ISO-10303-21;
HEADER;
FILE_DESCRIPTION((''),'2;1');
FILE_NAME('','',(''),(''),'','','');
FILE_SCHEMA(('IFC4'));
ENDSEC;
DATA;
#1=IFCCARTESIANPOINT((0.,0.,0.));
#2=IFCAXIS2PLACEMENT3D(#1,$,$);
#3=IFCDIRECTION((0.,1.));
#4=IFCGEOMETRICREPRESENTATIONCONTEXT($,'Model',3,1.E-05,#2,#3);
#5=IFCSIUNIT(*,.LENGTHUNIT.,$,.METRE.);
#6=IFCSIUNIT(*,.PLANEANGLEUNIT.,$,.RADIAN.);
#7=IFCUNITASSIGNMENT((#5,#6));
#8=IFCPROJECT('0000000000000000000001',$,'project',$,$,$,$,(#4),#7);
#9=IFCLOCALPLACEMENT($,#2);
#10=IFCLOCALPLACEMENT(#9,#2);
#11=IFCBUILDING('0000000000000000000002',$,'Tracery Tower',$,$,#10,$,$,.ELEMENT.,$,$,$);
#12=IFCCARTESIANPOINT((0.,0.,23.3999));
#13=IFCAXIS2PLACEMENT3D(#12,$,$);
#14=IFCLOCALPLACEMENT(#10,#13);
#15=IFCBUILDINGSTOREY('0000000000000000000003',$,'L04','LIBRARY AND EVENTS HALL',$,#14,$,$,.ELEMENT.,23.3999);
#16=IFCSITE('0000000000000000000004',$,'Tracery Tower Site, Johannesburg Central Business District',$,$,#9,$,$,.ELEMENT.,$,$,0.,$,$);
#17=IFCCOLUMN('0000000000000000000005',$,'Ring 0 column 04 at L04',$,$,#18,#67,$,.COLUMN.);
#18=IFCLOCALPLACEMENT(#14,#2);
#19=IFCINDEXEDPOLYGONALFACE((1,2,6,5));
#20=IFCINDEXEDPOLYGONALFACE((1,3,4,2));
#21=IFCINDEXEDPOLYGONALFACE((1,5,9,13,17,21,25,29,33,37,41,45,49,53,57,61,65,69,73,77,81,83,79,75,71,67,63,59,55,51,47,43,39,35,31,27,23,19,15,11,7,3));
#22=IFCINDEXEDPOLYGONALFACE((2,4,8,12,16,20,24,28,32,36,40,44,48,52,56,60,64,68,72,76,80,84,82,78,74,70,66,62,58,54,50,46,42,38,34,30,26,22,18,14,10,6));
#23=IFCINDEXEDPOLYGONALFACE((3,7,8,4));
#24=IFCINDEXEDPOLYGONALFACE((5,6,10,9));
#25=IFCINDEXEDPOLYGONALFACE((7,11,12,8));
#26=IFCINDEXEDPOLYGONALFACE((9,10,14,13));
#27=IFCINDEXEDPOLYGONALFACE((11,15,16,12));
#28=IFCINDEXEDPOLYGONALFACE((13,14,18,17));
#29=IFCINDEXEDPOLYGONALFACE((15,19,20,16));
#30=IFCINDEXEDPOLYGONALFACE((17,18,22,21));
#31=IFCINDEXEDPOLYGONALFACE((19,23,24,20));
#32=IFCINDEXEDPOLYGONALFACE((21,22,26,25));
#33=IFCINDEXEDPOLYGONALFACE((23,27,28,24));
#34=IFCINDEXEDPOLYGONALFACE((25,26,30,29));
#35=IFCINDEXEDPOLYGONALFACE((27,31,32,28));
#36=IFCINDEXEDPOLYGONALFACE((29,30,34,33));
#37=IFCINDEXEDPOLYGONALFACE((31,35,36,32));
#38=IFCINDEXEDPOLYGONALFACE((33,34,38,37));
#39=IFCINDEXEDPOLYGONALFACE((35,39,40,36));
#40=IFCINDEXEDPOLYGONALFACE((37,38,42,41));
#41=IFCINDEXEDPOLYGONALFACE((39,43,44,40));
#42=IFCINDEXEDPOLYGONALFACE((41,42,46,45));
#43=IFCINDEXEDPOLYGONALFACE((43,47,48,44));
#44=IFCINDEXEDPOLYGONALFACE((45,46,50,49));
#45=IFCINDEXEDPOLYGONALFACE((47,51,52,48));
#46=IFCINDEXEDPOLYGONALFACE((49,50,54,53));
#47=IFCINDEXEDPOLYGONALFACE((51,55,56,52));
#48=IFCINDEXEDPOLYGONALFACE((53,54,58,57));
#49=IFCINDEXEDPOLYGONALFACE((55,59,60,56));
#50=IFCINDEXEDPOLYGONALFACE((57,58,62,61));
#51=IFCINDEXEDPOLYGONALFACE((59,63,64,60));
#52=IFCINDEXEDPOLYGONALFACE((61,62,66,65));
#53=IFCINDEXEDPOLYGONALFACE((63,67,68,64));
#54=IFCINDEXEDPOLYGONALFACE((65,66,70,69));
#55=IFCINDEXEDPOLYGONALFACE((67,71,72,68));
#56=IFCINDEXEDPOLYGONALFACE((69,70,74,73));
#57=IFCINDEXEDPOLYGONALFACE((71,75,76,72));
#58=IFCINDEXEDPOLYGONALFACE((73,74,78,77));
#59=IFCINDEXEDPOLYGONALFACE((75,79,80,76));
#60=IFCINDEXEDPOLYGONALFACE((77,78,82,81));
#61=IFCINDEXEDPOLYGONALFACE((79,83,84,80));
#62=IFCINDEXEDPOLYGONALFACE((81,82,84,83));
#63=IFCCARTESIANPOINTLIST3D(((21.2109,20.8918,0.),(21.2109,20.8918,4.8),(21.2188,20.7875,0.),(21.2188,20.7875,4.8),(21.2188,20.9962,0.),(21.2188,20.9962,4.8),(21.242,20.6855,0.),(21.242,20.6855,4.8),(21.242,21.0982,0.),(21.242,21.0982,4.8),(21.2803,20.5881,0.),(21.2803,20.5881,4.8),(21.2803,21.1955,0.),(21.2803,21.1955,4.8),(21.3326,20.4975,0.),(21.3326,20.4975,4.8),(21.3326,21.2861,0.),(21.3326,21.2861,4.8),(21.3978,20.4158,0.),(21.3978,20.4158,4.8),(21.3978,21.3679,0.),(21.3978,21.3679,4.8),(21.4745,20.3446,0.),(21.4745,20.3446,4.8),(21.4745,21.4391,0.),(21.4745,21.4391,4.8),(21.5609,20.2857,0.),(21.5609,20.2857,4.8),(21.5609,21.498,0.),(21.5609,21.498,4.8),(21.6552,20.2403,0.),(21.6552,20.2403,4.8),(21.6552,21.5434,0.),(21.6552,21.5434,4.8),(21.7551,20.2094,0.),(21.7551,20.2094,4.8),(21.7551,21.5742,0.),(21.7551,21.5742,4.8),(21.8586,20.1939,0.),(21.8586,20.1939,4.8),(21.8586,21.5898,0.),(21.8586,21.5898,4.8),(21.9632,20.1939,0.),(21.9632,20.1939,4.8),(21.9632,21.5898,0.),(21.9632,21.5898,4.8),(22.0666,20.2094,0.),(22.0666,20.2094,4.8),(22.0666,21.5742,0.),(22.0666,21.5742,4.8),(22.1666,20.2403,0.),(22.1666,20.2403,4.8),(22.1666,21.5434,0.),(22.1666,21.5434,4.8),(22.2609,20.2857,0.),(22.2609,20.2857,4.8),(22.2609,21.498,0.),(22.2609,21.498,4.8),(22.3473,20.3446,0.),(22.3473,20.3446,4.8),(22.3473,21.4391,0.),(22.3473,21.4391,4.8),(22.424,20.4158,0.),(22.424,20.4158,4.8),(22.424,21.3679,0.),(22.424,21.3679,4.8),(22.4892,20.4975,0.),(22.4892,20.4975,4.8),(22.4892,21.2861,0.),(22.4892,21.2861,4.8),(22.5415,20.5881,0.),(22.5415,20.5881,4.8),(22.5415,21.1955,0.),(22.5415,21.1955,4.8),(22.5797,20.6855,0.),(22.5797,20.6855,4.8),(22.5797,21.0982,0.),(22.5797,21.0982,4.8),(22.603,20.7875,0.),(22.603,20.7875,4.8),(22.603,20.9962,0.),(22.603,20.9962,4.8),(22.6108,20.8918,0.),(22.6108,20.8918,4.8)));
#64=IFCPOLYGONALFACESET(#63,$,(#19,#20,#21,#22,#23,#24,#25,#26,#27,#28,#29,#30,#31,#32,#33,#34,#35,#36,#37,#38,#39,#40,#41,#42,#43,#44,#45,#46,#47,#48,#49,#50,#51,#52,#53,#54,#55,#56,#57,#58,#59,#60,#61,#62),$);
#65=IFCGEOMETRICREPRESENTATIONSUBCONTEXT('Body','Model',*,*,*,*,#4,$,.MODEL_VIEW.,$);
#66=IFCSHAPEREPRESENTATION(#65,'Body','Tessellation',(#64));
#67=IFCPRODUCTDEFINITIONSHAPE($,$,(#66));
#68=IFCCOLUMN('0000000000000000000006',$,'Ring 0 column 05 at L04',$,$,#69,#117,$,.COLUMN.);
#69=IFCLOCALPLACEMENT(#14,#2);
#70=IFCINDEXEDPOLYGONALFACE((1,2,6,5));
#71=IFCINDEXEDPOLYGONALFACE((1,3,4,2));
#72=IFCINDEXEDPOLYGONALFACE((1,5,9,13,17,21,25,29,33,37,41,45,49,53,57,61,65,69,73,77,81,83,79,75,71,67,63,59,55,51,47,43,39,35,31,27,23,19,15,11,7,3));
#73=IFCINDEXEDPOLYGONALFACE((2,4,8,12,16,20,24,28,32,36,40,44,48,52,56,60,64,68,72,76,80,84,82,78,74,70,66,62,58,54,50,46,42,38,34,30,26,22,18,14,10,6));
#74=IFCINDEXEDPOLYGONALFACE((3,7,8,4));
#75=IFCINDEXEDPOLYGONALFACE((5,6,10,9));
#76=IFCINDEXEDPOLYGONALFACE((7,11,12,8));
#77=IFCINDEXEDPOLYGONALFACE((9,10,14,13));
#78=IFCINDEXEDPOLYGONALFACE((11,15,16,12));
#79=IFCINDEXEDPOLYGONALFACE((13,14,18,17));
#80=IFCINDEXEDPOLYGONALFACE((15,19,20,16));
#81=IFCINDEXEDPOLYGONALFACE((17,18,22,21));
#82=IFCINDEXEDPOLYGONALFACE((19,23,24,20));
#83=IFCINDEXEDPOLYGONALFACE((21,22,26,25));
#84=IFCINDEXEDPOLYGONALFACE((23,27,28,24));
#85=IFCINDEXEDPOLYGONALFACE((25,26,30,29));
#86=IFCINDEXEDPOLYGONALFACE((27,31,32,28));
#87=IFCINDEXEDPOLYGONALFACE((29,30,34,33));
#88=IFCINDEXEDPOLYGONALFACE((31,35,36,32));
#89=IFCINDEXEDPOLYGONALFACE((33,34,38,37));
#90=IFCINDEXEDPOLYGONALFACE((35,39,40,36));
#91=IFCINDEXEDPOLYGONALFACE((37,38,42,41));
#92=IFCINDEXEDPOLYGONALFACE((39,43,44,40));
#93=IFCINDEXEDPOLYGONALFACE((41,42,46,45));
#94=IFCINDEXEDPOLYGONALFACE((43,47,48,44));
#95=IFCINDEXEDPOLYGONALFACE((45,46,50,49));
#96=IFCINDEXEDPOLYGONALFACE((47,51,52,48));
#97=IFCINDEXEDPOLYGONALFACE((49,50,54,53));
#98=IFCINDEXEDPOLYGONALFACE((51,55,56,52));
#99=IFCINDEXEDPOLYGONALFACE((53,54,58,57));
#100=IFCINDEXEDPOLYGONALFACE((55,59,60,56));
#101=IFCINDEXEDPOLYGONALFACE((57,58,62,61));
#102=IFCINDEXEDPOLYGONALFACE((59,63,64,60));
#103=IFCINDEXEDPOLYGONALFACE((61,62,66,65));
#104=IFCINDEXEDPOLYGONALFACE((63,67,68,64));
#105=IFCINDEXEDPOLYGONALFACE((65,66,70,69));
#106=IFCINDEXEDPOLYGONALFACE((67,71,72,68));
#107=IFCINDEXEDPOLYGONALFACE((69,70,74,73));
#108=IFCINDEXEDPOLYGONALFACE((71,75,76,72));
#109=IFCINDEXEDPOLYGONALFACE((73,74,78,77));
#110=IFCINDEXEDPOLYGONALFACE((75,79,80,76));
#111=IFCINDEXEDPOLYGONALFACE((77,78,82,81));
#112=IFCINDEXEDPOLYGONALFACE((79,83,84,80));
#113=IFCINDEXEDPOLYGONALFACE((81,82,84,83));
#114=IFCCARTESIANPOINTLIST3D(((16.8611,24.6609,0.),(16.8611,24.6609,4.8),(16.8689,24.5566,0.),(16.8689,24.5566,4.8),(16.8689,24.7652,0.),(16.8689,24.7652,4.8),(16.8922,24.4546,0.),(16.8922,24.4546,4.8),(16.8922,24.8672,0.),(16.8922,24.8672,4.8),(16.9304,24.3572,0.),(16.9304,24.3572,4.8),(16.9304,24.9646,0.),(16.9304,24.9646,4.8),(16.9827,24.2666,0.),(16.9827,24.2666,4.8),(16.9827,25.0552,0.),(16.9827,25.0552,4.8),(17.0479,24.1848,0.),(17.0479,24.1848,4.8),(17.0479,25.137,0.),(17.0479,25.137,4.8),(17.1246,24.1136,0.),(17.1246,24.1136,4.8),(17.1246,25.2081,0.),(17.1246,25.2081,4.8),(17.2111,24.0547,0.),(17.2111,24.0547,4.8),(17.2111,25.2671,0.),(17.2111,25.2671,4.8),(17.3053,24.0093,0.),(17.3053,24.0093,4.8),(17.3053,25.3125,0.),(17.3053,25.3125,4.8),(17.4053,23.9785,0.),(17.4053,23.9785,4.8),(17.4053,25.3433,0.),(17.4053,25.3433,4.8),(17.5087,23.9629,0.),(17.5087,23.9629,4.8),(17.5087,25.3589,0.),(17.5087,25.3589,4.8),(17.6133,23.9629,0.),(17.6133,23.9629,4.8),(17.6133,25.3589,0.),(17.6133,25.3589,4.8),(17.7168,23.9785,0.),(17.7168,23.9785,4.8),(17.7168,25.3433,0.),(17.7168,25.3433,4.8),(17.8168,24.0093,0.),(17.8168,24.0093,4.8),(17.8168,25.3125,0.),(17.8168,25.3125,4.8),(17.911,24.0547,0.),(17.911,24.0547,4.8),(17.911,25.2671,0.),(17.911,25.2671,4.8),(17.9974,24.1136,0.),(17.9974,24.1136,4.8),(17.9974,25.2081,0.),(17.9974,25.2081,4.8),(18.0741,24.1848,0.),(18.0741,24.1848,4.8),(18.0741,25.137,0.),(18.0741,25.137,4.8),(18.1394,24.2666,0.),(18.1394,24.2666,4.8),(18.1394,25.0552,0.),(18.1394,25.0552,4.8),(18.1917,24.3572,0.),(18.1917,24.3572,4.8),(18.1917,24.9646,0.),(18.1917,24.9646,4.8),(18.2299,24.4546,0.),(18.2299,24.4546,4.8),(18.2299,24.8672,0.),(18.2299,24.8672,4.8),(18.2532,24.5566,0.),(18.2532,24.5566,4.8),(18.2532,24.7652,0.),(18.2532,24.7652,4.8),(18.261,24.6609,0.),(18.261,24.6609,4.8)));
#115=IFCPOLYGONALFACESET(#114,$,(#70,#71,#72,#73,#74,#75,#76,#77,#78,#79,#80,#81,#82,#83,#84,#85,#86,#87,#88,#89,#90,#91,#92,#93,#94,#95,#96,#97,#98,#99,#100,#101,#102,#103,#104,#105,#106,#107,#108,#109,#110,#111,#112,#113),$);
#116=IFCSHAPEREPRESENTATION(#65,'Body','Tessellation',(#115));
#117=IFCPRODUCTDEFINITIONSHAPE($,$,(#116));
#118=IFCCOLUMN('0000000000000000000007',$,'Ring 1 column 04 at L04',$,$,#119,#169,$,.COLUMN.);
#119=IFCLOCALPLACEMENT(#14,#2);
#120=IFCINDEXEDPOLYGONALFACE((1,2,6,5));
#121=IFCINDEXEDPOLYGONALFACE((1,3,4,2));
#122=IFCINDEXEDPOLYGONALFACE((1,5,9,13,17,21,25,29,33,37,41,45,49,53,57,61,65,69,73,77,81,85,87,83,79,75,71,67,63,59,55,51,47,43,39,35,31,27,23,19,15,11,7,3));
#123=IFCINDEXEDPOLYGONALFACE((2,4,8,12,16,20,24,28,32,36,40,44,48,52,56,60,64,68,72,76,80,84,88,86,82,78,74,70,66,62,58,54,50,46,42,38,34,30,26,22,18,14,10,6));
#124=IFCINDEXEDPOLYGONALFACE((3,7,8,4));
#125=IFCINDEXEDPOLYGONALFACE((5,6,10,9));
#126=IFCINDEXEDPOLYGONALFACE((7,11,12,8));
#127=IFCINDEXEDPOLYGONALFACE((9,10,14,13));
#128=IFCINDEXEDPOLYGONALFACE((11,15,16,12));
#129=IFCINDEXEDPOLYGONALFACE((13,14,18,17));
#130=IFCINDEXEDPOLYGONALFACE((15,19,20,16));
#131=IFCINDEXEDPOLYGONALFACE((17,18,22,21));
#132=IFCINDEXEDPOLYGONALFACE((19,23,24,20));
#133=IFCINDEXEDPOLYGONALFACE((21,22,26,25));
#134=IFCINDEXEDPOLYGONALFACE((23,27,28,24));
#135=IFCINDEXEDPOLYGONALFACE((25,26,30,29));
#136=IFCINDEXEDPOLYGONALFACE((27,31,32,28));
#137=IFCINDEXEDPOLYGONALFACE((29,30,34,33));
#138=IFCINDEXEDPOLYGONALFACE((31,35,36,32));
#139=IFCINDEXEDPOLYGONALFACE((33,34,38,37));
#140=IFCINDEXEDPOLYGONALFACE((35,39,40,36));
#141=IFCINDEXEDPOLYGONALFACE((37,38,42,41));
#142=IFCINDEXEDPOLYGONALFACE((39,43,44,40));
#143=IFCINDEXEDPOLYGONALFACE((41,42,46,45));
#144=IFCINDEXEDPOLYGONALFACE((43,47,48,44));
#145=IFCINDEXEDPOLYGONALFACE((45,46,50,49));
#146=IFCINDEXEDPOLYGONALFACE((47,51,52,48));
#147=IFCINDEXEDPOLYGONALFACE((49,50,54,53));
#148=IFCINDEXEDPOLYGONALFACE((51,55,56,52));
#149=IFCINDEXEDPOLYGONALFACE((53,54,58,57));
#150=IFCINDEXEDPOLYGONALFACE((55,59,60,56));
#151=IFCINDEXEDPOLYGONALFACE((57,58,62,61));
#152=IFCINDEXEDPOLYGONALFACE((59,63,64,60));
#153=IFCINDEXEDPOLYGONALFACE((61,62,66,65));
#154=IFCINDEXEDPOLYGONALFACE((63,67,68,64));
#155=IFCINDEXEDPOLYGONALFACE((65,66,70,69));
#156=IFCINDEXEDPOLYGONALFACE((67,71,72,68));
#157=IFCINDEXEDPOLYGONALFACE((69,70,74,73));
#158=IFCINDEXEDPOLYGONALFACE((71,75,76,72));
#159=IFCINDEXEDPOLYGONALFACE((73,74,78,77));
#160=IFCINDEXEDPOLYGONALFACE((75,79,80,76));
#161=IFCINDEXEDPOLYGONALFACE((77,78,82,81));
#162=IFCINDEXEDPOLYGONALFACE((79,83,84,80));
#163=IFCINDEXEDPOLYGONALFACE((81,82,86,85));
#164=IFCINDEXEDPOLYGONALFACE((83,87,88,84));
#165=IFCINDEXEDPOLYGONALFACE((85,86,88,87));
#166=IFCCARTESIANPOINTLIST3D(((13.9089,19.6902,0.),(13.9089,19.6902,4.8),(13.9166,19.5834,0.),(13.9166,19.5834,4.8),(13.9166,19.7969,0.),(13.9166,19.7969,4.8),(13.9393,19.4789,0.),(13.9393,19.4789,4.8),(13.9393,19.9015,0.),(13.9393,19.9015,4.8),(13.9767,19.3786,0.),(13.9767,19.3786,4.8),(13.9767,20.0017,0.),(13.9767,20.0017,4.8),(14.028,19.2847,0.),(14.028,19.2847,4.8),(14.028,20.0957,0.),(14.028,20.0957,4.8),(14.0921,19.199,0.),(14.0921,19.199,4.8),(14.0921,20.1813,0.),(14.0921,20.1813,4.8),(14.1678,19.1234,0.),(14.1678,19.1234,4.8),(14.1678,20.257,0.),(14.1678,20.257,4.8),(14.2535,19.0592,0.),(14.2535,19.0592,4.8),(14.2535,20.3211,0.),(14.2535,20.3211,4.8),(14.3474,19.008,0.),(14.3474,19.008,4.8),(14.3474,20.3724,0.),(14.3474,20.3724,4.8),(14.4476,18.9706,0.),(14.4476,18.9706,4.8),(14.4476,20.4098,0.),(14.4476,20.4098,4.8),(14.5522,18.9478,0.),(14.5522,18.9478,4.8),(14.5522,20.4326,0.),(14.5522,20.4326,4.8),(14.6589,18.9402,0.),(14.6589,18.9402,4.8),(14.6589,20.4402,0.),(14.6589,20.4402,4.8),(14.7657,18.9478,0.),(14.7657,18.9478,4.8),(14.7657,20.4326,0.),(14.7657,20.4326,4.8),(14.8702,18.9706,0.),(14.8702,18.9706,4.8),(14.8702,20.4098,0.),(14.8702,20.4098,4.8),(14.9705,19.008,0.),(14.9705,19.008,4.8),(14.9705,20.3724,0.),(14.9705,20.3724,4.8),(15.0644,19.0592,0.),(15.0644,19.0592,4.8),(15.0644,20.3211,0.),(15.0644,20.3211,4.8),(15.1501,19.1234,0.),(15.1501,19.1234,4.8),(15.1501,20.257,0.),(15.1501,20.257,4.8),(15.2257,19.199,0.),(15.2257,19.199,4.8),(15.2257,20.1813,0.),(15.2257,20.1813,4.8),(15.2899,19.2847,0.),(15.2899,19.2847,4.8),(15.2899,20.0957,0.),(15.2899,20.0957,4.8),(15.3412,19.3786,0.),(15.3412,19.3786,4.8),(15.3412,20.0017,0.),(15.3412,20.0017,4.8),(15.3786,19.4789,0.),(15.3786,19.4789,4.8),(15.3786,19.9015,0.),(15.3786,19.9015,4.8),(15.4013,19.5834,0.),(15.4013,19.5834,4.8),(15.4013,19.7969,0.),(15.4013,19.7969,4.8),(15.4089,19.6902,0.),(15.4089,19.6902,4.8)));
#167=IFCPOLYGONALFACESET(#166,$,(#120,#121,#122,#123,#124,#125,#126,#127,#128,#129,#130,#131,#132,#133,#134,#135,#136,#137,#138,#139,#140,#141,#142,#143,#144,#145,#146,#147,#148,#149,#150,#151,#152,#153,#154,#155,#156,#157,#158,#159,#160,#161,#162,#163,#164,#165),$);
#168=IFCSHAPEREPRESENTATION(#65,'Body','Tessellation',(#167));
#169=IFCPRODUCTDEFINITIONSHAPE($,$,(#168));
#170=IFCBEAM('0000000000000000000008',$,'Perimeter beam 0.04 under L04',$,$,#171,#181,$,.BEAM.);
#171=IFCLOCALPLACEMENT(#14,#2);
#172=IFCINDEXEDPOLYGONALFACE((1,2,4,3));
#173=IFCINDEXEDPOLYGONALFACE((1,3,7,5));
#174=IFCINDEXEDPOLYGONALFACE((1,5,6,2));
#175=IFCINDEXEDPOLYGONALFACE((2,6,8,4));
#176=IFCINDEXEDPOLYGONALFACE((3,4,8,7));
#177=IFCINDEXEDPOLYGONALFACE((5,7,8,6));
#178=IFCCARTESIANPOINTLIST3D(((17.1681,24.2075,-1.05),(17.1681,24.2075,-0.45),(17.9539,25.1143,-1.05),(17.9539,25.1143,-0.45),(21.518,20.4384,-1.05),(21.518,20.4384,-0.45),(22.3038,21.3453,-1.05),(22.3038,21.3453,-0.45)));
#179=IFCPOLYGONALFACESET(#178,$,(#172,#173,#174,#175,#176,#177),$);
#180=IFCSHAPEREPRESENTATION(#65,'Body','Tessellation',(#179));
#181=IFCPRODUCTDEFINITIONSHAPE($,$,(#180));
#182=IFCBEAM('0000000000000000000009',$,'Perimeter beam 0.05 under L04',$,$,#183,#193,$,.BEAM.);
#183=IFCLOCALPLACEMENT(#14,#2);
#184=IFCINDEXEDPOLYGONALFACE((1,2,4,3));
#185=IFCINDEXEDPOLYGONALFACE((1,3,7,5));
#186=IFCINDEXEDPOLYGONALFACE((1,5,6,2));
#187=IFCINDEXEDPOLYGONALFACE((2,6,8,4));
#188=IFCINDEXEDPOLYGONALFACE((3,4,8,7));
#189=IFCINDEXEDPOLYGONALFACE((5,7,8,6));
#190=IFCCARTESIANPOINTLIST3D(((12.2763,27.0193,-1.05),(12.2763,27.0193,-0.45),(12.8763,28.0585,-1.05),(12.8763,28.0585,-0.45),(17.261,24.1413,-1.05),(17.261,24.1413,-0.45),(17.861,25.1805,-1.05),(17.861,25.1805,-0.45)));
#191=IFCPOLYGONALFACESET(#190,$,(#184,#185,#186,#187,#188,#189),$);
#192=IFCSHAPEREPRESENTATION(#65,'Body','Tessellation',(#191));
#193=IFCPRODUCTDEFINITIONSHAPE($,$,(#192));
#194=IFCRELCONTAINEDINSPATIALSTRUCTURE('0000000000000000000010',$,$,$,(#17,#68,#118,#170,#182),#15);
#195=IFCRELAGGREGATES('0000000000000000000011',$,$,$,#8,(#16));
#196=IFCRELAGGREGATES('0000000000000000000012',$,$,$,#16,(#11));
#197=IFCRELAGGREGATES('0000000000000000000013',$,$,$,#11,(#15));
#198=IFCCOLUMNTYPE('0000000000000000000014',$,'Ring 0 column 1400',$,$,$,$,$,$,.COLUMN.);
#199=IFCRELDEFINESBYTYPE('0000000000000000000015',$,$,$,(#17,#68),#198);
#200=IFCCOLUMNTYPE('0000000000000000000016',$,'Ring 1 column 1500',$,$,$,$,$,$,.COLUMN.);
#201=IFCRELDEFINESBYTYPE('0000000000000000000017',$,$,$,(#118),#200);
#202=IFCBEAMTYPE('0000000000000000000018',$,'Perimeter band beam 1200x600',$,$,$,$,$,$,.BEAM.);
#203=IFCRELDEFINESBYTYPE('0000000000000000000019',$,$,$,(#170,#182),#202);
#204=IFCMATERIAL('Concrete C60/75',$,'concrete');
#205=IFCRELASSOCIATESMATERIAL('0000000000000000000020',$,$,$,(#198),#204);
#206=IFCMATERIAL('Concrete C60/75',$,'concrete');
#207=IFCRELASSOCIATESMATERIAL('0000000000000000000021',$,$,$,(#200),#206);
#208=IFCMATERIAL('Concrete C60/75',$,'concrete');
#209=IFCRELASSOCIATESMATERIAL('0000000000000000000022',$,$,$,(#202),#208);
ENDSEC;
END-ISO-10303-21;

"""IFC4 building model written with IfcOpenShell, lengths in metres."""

from ifc_helpers import new_model, si_unit, direction, frame, origin, origin_2d, place, context, subcontext, project, spatial, rectangle, circle, extrude, material, material_profile, profile_set, type_object, element, save


model = new_model("IFC4")

# Units and contexts
model_context = context("Model", 3, precision=1e-05, world=origin(), true_north=direction((0.0, 1.0)))
body_context = subcontext(model_context, "Body", "Model", "MODEL_VIEW")
ifc_project = project(units=[si_unit("LENGTHUNIT", "METRE"), si_unit("PLANEANGLEUNIT", "RADIAN")], contexts=[model_context])

# Site, building, storey
site_placement = place(None, origin())
site = spatial("IfcSite", under=ifc_project, at=site_placement, Name="Tracery Tower Site, Johannesburg Central Business District", CompositionType="ELEMENT", RefElevation=0.0)
building_placement = place(site_placement, origin())
building = spatial("IfcBuilding", under=site, at=building_placement, Name="Tracery Tower", CompositionType="ELEMENT")
storey_placement = place(building_placement, frame((0.0, 0.0, 23.3999)))
storey = spatial("IfcBuildingStorey", under=building, at=storey_placement, Name="L04", Description="LIBRARY AND EVENTS HALL", CompositionType="ELEMENT", Elevation=23.3999)

# Columns
ifc_material_1 = material(Name="Concrete C60/75", Category="concrete")
ifc_material_profile_1 = material_profile(ifc_material_1, circle(Radius=0.7, at=origin_2d()), Name="RC D1400")
ifc_profile_set_1 = profile_set([ifc_material_profile_1], Name="Concrete C60/75")
column_type_1 = type_object("IfcColumnType", Name="Ring 0 column 1400", PredefinedType="COLUMN", material=ifc_profile_set_1)
for number, where, z_axis, x_axis, name in (
    (1, (21.9109, 20.8918, 0.0), (0.0, 0.0, 1.0), (1.0, 0.0, 0.0), "Ring 0 column 04 at L04"),
    (2, (17.561, 24.6609, 0.0), (0.0, 0.0, 1.0), (1.0, 0.0, 0.0), "Ring 0 column 05 at L04"),
):
    element("IfcColumn", number, at=place(storey_placement, frame(where, z_axis=z_axis, x_axis=x_axis)), inside=storey, type_object=column_type_1, Name=name, PredefinedType="COLUMN", context=body_context, shape_type="SweptSolid", body=[
        extrude(circle(Radius=0.7, at=origin_2d()), origin(), (0.0, 0.0, 1.0), 4.8),
    ])
ifc_material_2 = material(Name="Concrete C60/75", Category="concrete")
ifc_material_profile_2 = material_profile(ifc_material_2, circle(Radius=0.75, at=origin_2d()), Name="RC D1500")
ifc_profile_set_2 = profile_set([ifc_material_profile_2], Name="Concrete C60/75")
column_type_2 = type_object("IfcColumnType", Name="Ring 1 column 1500", PredefinedType="COLUMN", material=ifc_profile_set_2)
column_placement = place(storey_placement, frame((14.6589, 19.6902, 0.0), z_axis=(0.0, 0.0, 1.0), x_axis=(1.0, 0.0, 0.0)))
element("IfcColumn", 3, at=column_placement, inside=storey, type_object=column_type_2, Name="Ring 1 column 04 at L04", PredefinedType="COLUMN", context=body_context, shape_type="SweptSolid", body=[
    extrude(circle(Radius=0.75, at=origin_2d()), origin(), (0.0, 0.0, 1.0), 4.8),
])

# Beams
ifc_material_3 = material(Name="Concrete C60/75", Category="concrete")
ifc_material_profile_3 = material_profile(ifc_material_3, rectangle(XDim=1.2, YDim=0.6001, at=origin_2d()), Name="RC 1200x600")
ifc_profile_set_3 = profile_set([ifc_material_profile_3], Name="Concrete C60/75")
beam_type = type_object("IfcBeamType", Name="Perimeter band beam 1200x600", PredefinedType="BEAM", material=ifc_profile_set_3)
beam_1_placement = place(storey_placement, frame((21.9109, 20.8918, -0.75), z_axis=(-0.75576, 0.654848, 0.0), x_axis=(-0.654848, -0.75576, 0.0)))
element("IfcBeam", 4, at=beam_1_placement, inside=storey, type_object=beam_type, Name="Perimeter beam 0.04 under L04", PredefinedType="BEAM", context=body_context, shape_type="SweptSolid", body=[
    extrude(rectangle(XDim=1.2, YDim=0.6001, at=origin_2d()), origin(), (0.0, 0.0, 1.0), 5.7556),
])
beam_2_placement = place(storey_placement, frame((17.561, 24.6609, -0.75), z_axis=(-0.866021, 0.500008, 0.0), x_axis=(-0.500008, -0.866021, 0.0)))
element("IfcBeam", 5, at=beam_2_placement, inside=storey, type_object=beam_type, Name="Perimeter beam 0.05 under L04", PredefinedType="BEAM", context=body_context, shape_type="SweptSolid", body=[
    extrude(rectangle(XDim=1.2, YDim=0.6001, at=origin_2d()), origin(), (0.0, 0.0, 1.0), 5.7559),
])

save(model, "model.ifc")
